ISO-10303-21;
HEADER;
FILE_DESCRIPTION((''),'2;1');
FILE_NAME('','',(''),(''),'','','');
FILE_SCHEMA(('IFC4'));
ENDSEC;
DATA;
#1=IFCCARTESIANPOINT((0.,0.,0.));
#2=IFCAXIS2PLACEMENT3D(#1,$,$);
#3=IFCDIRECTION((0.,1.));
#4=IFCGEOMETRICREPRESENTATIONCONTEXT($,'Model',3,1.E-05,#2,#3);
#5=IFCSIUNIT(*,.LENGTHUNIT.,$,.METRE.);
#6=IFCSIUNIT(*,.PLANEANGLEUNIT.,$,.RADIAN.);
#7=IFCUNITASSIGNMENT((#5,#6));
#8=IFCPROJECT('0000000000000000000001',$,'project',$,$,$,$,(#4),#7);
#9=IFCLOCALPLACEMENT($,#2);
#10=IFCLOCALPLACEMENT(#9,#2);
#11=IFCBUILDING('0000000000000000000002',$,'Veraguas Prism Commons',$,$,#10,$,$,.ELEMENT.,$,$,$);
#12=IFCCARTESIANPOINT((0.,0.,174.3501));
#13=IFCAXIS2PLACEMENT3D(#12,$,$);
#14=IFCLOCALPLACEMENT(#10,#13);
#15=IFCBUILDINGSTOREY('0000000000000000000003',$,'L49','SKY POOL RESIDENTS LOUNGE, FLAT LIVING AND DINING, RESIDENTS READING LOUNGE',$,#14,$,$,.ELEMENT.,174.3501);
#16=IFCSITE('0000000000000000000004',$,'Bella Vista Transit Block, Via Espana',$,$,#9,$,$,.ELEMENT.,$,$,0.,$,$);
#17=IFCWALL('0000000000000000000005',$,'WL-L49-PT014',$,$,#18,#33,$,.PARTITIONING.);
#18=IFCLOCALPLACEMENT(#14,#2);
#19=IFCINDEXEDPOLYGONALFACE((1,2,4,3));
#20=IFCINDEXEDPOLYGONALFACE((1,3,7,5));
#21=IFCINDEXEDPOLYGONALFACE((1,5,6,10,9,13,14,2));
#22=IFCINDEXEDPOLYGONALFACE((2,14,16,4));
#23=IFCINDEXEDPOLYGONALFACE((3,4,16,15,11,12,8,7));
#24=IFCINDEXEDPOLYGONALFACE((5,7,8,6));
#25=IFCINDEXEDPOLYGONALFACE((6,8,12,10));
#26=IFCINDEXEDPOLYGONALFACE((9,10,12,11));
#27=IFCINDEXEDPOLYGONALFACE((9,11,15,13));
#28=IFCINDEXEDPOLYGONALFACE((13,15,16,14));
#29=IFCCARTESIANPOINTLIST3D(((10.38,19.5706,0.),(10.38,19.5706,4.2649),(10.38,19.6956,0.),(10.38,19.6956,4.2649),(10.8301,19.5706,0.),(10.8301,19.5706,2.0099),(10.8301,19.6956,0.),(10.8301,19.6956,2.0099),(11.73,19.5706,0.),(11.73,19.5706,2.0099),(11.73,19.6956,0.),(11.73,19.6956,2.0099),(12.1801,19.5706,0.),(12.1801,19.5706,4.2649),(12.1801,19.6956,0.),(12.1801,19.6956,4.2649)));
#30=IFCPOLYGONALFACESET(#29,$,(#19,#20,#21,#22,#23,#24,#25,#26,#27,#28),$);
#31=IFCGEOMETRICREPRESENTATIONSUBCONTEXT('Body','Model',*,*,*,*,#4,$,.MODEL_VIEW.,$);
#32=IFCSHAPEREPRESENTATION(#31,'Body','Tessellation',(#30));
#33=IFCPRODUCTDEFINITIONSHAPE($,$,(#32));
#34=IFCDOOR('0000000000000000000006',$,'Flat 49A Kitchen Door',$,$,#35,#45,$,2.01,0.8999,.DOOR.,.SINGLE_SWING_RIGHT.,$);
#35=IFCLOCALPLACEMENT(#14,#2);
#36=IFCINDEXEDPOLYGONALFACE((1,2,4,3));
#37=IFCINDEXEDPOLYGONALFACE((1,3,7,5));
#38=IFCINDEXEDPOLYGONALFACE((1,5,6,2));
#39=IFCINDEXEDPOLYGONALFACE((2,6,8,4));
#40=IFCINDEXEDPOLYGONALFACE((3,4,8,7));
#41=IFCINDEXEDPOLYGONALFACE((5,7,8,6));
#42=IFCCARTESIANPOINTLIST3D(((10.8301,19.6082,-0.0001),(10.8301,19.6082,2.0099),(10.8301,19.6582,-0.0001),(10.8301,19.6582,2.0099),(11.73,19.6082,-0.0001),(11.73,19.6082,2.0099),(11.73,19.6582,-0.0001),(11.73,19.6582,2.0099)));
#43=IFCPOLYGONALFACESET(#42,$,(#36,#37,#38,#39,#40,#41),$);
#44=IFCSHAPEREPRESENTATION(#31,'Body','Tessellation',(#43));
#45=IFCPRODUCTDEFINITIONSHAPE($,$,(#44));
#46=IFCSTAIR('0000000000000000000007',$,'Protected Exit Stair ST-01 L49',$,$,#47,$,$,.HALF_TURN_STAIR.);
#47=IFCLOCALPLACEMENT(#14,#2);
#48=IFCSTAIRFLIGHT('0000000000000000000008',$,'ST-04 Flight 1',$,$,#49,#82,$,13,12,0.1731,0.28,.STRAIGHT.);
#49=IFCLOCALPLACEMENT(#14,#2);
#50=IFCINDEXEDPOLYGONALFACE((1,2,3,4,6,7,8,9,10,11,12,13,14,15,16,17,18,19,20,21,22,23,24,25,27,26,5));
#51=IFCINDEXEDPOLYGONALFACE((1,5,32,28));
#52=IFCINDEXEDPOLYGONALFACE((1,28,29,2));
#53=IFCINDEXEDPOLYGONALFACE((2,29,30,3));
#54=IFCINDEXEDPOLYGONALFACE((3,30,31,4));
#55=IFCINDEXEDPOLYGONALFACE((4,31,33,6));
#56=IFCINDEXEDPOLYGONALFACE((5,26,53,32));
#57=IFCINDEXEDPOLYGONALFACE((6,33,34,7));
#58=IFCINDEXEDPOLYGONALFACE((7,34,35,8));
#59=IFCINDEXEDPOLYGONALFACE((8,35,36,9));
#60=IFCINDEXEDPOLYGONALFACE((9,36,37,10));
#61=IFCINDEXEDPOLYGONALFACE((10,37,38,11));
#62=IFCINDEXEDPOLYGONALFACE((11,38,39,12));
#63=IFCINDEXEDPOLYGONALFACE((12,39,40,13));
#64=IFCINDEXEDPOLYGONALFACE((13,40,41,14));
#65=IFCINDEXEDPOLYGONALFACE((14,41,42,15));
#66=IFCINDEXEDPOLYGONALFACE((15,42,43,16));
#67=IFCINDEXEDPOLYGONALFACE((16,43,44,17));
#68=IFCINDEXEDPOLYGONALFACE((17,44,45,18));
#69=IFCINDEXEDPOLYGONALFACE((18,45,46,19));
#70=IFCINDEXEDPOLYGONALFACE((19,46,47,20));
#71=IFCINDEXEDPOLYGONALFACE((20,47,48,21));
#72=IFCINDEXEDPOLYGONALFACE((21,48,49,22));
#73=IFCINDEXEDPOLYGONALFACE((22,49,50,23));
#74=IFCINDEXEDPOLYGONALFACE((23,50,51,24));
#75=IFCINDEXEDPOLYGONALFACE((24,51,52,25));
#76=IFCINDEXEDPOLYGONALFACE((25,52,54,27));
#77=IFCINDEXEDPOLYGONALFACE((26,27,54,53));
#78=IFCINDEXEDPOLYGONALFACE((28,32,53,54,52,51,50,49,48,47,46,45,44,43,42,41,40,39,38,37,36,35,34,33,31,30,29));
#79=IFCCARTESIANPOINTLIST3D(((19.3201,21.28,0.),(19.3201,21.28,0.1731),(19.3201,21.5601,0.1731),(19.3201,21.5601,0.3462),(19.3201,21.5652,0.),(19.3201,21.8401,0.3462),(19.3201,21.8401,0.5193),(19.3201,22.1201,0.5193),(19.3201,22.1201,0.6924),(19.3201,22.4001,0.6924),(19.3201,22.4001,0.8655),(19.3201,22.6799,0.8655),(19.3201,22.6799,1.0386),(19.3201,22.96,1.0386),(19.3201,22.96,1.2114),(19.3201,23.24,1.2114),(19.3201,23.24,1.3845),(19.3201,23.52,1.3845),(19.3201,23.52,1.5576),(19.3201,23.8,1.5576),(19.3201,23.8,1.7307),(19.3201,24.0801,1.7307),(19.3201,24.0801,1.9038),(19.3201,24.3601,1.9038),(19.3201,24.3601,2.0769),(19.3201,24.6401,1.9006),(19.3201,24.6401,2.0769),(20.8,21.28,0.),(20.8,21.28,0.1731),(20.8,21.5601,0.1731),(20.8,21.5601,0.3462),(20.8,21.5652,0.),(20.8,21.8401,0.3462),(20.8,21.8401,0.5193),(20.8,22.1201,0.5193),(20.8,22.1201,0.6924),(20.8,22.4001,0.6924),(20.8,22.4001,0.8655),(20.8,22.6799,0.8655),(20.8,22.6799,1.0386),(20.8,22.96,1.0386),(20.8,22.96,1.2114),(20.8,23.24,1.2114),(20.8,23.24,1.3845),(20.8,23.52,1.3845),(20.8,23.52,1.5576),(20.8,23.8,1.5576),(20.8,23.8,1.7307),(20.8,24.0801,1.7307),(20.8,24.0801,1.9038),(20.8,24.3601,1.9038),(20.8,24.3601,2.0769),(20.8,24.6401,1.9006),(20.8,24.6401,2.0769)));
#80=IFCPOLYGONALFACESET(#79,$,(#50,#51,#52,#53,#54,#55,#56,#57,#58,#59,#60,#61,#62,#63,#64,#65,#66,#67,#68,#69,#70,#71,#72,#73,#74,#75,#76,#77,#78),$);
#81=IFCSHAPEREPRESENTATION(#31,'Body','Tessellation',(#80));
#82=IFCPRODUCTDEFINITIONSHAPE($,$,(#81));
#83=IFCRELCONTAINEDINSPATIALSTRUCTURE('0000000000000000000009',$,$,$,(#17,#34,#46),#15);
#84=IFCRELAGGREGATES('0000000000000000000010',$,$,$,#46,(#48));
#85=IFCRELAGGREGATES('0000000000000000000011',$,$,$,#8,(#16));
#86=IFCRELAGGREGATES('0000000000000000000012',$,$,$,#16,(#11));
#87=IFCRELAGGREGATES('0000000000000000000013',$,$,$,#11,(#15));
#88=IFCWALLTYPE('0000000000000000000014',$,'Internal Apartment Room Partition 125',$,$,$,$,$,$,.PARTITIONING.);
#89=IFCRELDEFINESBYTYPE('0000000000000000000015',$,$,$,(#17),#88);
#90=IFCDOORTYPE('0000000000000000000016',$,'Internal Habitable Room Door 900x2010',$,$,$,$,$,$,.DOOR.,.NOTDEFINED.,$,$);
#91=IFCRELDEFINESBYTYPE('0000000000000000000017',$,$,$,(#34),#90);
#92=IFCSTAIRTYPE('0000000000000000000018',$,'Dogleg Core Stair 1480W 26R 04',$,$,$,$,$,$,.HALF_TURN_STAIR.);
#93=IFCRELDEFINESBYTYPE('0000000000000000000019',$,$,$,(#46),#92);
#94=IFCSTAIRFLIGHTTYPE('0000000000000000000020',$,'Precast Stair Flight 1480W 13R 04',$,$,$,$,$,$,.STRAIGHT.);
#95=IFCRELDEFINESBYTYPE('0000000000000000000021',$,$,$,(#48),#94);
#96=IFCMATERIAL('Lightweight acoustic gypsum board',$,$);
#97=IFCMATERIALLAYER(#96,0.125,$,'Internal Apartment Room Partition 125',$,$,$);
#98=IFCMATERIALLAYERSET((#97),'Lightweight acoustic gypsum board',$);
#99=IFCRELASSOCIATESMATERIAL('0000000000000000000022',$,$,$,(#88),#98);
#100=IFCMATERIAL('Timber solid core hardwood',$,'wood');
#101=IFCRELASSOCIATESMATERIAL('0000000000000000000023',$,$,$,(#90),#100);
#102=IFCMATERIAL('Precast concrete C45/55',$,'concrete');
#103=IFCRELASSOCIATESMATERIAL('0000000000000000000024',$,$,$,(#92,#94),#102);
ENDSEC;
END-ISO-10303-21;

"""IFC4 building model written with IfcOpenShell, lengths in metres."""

from ifc_helpers import new_model, si_unit, direction, frame, frame_2d, origin, place, context, subcontext, project, spatial, polyline, rectangle, outline, extrude, source, transform, mapped, material, layer, layer_set, type_object, element, fill, aggregate, save


model = new_model("IFC4")

# Units and contexts
model_context = context("Model", 3, precision=1e-05, world=origin(), true_north=direction((0.0, 1.0)))
body_context = subcontext(model_context, "Body", "Model", "MODEL_VIEW")
ifc_project = project(units=[si_unit("LENGTHUNIT", "METRE"), si_unit("PLANEANGLEUNIT", "RADIAN")], contexts=[model_context])

# Site, building, storey
site_placement = place(None, origin())
site = spatial("IfcSite", under=ifc_project, at=site_placement, Name="Bella Vista Transit Block, Via Espana", CompositionType="ELEMENT", RefElevation=0.0)
building_placement = place(site_placement, origin())
building = spatial("IfcBuilding", under=site, at=building_placement, Name="Veraguas Prism Commons", CompositionType="ELEMENT")
storey_placement = place(building_placement, frame((0.0, 0.0, 174.3501)))
storey = spatial("IfcBuildingStorey", under=building, at=storey_placement, Name="L49", Description="SKY POOL RESIDENTS LOUNGE, FLAT LIVING AND DINING, RESIDENTS READING LOUNGE", CompositionType="ELEMENT", Elevation=174.3501)

# Shared definitions
shared_shape_1 = source(origin(), body_context, "Body", "SweptSolid", [
    extrude(rectangle(XDim=0.8999, YDim=2.01, at=frame_2d((0.45, 1.0049))), frame((0.0, 0.0249, 0.0), z_axis=(0.0, -1.0, 0.0), x_axis=(1.0, 0.0, 0.0)), (0.0, 0.0, 1.0), 0.05),
])

# Wall, opening, door
ifc_material_1 = material(Name="Lightweight acoustic gypsum board")
ifc_layer_1 = layer(ifc_material_1, 0.125, Name="Internal Apartment Room Partition 125")
ifc_layer_set_1 = layer_set([ifc_layer_1], Name="Lightweight acoustic gypsum board")
wall_type_1 = type_object("IfcWallType", Name="Internal Apartment Room Partition 125", PredefinedType="PARTITIONING", material=ifc_layer_set_1)
wall_1_placement = place(storey_placement, frame((12.1799, 19.6331, 0.0), z_axis=(0.0, 0.0, 1.0), x_axis=(-1.0, 0.0, 0.0)))
wall_1 = element("IfcWall", 1, at=wall_1_placement, inside=storey, type_object=wall_type_1, Name="WL-L49-PT014", PredefinedType="PARTITIONING", context=body_context, shape_type="SweptSolid", body=[
    extrude(rectangle(XDim=1.8, YDim=0.125, at=frame_2d((0.8999, 0.0))), origin(), (0.0, 0.0, 1.0), 4.2649),
])
opening_1_placement = place(wall_1_placement, frame((0.45, 0.0, 0.0)))
opening_1 = element("IfcOpeningElement", 2, at=opening_1_placement, cuts=wall_1, PredefinedType="OPENING", context=body_context, shape_type="SweptSolid", body=[
    extrude(rectangle(XDim=0.8999, YDim=2.01, at=frame_2d((0.45, 1.0049))), frame((0.0, 0.0725, 0.0), z_axis=(0.0, -1.0, 0.0), x_axis=(1.0, 0.0, 0.0)), (0.0, 0.0, 1.0), 0.145),
])
ifc_material_2 = material(Name="Timber solid core hardwood", Category="wood")
door_type_1 = type_object("IfcDoorType", Name="Internal Habitable Room Door 900x2010", OperationType="NOTDEFINED", PredefinedType="DOOR", material=ifc_material_2)
door_1_placement = place(opening_1_placement, origin())
door_1 = element("IfcDoor", 3, at=door_1_placement, inside=storey, type_object=door_type_1, Name="Flat 49A Kitchen Door", OperationType="SINGLE_SWING_RIGHT", OverallHeight=2.01, OverallWidth=0.8999, PredefinedType="DOOR", context=body_context, shape_type="MappedRepresentation", body=[
    mapped(shared_shape_1, transform((0.0, 0.0, 0.0), scale=1.0)),
])
fill(opening_1, door_1)

# Stair, stair flight
ifc_material_3 = material(Name="Precast concrete C45/55", Category="concrete")
stair_type = type_object("IfcStairType", Name="Dogleg Core Stair 1480W 26R 04", PredefinedType="HALF_TURN_STAIR", material=ifc_material_3)
stair_placement = place(storey_placement, origin())
stair = element("IfcStair", 4, at=stair_placement, inside=storey, type_object=stair_type, Name="Protected Exit Stair ST-01 L49", PredefinedType="HALF_TURN_STAIR")
stair_flight_type = type_object("IfcStairFlightType", Name="Precast Stair Flight 1480W 13R 04", PredefinedType="STRAIGHT", material=ifc_material_3)
stair_flight_placement = place(storey_placement, frame((20.0601, 21.28, 0.0), z_axis=(0.0, 0.0, 1.0), x_axis=(0.0, 1.0, 0.0)))
stair_flight = element("IfcStairFlight", 5, at=stair_flight_placement, type_object=stair_flight_type, Name="ST-04 Flight 1", NumberOfRisers=13, NumberOfTreads=12, PredefinedType="STRAIGHT", RiserHeight=0.1731, TreadLength=0.28, context=body_context, shape_type="SweptSolid", body=[
    extrude(outline(polyline([(0.0, 0.0), (0.0, 0.1731), (0.28, 0.1731), (0.28, 0.3462), (0.5601, 0.3462), (0.5601, 0.5193), (0.8401, 0.5193), (0.8401, 0.6924), (1.1201, 0.6924), (1.1201, 0.8655), (1.3999, 0.8655), (1.3999, 1.0386), (1.6799, 1.0386), (1.6799, 1.2114), (1.96, 1.2114), (1.96, 1.3845), (2.24, 1.3845), (2.24, 1.5576), (2.52, 1.5576), (2.52, 1.7307), (2.8, 1.7307), (2.8, 1.9038), (3.0801, 1.9038), (3.0801, 2.0769), (3.3601, 2.0769), (3.3601, 2.25), (3.3601, 1.9006), (0.2852, 0.0), (0.0, 0.0)])), frame((0.0, 0.74, 0.0), z_axis=(0.0, -1.0, 0.0), x_axis=(1.0, 0.0, 0.0)), (0.0, 0.0, 1.0), 1.48),
])
aggregate(stair, [stair_flight])

save(model, "model.ifc")
